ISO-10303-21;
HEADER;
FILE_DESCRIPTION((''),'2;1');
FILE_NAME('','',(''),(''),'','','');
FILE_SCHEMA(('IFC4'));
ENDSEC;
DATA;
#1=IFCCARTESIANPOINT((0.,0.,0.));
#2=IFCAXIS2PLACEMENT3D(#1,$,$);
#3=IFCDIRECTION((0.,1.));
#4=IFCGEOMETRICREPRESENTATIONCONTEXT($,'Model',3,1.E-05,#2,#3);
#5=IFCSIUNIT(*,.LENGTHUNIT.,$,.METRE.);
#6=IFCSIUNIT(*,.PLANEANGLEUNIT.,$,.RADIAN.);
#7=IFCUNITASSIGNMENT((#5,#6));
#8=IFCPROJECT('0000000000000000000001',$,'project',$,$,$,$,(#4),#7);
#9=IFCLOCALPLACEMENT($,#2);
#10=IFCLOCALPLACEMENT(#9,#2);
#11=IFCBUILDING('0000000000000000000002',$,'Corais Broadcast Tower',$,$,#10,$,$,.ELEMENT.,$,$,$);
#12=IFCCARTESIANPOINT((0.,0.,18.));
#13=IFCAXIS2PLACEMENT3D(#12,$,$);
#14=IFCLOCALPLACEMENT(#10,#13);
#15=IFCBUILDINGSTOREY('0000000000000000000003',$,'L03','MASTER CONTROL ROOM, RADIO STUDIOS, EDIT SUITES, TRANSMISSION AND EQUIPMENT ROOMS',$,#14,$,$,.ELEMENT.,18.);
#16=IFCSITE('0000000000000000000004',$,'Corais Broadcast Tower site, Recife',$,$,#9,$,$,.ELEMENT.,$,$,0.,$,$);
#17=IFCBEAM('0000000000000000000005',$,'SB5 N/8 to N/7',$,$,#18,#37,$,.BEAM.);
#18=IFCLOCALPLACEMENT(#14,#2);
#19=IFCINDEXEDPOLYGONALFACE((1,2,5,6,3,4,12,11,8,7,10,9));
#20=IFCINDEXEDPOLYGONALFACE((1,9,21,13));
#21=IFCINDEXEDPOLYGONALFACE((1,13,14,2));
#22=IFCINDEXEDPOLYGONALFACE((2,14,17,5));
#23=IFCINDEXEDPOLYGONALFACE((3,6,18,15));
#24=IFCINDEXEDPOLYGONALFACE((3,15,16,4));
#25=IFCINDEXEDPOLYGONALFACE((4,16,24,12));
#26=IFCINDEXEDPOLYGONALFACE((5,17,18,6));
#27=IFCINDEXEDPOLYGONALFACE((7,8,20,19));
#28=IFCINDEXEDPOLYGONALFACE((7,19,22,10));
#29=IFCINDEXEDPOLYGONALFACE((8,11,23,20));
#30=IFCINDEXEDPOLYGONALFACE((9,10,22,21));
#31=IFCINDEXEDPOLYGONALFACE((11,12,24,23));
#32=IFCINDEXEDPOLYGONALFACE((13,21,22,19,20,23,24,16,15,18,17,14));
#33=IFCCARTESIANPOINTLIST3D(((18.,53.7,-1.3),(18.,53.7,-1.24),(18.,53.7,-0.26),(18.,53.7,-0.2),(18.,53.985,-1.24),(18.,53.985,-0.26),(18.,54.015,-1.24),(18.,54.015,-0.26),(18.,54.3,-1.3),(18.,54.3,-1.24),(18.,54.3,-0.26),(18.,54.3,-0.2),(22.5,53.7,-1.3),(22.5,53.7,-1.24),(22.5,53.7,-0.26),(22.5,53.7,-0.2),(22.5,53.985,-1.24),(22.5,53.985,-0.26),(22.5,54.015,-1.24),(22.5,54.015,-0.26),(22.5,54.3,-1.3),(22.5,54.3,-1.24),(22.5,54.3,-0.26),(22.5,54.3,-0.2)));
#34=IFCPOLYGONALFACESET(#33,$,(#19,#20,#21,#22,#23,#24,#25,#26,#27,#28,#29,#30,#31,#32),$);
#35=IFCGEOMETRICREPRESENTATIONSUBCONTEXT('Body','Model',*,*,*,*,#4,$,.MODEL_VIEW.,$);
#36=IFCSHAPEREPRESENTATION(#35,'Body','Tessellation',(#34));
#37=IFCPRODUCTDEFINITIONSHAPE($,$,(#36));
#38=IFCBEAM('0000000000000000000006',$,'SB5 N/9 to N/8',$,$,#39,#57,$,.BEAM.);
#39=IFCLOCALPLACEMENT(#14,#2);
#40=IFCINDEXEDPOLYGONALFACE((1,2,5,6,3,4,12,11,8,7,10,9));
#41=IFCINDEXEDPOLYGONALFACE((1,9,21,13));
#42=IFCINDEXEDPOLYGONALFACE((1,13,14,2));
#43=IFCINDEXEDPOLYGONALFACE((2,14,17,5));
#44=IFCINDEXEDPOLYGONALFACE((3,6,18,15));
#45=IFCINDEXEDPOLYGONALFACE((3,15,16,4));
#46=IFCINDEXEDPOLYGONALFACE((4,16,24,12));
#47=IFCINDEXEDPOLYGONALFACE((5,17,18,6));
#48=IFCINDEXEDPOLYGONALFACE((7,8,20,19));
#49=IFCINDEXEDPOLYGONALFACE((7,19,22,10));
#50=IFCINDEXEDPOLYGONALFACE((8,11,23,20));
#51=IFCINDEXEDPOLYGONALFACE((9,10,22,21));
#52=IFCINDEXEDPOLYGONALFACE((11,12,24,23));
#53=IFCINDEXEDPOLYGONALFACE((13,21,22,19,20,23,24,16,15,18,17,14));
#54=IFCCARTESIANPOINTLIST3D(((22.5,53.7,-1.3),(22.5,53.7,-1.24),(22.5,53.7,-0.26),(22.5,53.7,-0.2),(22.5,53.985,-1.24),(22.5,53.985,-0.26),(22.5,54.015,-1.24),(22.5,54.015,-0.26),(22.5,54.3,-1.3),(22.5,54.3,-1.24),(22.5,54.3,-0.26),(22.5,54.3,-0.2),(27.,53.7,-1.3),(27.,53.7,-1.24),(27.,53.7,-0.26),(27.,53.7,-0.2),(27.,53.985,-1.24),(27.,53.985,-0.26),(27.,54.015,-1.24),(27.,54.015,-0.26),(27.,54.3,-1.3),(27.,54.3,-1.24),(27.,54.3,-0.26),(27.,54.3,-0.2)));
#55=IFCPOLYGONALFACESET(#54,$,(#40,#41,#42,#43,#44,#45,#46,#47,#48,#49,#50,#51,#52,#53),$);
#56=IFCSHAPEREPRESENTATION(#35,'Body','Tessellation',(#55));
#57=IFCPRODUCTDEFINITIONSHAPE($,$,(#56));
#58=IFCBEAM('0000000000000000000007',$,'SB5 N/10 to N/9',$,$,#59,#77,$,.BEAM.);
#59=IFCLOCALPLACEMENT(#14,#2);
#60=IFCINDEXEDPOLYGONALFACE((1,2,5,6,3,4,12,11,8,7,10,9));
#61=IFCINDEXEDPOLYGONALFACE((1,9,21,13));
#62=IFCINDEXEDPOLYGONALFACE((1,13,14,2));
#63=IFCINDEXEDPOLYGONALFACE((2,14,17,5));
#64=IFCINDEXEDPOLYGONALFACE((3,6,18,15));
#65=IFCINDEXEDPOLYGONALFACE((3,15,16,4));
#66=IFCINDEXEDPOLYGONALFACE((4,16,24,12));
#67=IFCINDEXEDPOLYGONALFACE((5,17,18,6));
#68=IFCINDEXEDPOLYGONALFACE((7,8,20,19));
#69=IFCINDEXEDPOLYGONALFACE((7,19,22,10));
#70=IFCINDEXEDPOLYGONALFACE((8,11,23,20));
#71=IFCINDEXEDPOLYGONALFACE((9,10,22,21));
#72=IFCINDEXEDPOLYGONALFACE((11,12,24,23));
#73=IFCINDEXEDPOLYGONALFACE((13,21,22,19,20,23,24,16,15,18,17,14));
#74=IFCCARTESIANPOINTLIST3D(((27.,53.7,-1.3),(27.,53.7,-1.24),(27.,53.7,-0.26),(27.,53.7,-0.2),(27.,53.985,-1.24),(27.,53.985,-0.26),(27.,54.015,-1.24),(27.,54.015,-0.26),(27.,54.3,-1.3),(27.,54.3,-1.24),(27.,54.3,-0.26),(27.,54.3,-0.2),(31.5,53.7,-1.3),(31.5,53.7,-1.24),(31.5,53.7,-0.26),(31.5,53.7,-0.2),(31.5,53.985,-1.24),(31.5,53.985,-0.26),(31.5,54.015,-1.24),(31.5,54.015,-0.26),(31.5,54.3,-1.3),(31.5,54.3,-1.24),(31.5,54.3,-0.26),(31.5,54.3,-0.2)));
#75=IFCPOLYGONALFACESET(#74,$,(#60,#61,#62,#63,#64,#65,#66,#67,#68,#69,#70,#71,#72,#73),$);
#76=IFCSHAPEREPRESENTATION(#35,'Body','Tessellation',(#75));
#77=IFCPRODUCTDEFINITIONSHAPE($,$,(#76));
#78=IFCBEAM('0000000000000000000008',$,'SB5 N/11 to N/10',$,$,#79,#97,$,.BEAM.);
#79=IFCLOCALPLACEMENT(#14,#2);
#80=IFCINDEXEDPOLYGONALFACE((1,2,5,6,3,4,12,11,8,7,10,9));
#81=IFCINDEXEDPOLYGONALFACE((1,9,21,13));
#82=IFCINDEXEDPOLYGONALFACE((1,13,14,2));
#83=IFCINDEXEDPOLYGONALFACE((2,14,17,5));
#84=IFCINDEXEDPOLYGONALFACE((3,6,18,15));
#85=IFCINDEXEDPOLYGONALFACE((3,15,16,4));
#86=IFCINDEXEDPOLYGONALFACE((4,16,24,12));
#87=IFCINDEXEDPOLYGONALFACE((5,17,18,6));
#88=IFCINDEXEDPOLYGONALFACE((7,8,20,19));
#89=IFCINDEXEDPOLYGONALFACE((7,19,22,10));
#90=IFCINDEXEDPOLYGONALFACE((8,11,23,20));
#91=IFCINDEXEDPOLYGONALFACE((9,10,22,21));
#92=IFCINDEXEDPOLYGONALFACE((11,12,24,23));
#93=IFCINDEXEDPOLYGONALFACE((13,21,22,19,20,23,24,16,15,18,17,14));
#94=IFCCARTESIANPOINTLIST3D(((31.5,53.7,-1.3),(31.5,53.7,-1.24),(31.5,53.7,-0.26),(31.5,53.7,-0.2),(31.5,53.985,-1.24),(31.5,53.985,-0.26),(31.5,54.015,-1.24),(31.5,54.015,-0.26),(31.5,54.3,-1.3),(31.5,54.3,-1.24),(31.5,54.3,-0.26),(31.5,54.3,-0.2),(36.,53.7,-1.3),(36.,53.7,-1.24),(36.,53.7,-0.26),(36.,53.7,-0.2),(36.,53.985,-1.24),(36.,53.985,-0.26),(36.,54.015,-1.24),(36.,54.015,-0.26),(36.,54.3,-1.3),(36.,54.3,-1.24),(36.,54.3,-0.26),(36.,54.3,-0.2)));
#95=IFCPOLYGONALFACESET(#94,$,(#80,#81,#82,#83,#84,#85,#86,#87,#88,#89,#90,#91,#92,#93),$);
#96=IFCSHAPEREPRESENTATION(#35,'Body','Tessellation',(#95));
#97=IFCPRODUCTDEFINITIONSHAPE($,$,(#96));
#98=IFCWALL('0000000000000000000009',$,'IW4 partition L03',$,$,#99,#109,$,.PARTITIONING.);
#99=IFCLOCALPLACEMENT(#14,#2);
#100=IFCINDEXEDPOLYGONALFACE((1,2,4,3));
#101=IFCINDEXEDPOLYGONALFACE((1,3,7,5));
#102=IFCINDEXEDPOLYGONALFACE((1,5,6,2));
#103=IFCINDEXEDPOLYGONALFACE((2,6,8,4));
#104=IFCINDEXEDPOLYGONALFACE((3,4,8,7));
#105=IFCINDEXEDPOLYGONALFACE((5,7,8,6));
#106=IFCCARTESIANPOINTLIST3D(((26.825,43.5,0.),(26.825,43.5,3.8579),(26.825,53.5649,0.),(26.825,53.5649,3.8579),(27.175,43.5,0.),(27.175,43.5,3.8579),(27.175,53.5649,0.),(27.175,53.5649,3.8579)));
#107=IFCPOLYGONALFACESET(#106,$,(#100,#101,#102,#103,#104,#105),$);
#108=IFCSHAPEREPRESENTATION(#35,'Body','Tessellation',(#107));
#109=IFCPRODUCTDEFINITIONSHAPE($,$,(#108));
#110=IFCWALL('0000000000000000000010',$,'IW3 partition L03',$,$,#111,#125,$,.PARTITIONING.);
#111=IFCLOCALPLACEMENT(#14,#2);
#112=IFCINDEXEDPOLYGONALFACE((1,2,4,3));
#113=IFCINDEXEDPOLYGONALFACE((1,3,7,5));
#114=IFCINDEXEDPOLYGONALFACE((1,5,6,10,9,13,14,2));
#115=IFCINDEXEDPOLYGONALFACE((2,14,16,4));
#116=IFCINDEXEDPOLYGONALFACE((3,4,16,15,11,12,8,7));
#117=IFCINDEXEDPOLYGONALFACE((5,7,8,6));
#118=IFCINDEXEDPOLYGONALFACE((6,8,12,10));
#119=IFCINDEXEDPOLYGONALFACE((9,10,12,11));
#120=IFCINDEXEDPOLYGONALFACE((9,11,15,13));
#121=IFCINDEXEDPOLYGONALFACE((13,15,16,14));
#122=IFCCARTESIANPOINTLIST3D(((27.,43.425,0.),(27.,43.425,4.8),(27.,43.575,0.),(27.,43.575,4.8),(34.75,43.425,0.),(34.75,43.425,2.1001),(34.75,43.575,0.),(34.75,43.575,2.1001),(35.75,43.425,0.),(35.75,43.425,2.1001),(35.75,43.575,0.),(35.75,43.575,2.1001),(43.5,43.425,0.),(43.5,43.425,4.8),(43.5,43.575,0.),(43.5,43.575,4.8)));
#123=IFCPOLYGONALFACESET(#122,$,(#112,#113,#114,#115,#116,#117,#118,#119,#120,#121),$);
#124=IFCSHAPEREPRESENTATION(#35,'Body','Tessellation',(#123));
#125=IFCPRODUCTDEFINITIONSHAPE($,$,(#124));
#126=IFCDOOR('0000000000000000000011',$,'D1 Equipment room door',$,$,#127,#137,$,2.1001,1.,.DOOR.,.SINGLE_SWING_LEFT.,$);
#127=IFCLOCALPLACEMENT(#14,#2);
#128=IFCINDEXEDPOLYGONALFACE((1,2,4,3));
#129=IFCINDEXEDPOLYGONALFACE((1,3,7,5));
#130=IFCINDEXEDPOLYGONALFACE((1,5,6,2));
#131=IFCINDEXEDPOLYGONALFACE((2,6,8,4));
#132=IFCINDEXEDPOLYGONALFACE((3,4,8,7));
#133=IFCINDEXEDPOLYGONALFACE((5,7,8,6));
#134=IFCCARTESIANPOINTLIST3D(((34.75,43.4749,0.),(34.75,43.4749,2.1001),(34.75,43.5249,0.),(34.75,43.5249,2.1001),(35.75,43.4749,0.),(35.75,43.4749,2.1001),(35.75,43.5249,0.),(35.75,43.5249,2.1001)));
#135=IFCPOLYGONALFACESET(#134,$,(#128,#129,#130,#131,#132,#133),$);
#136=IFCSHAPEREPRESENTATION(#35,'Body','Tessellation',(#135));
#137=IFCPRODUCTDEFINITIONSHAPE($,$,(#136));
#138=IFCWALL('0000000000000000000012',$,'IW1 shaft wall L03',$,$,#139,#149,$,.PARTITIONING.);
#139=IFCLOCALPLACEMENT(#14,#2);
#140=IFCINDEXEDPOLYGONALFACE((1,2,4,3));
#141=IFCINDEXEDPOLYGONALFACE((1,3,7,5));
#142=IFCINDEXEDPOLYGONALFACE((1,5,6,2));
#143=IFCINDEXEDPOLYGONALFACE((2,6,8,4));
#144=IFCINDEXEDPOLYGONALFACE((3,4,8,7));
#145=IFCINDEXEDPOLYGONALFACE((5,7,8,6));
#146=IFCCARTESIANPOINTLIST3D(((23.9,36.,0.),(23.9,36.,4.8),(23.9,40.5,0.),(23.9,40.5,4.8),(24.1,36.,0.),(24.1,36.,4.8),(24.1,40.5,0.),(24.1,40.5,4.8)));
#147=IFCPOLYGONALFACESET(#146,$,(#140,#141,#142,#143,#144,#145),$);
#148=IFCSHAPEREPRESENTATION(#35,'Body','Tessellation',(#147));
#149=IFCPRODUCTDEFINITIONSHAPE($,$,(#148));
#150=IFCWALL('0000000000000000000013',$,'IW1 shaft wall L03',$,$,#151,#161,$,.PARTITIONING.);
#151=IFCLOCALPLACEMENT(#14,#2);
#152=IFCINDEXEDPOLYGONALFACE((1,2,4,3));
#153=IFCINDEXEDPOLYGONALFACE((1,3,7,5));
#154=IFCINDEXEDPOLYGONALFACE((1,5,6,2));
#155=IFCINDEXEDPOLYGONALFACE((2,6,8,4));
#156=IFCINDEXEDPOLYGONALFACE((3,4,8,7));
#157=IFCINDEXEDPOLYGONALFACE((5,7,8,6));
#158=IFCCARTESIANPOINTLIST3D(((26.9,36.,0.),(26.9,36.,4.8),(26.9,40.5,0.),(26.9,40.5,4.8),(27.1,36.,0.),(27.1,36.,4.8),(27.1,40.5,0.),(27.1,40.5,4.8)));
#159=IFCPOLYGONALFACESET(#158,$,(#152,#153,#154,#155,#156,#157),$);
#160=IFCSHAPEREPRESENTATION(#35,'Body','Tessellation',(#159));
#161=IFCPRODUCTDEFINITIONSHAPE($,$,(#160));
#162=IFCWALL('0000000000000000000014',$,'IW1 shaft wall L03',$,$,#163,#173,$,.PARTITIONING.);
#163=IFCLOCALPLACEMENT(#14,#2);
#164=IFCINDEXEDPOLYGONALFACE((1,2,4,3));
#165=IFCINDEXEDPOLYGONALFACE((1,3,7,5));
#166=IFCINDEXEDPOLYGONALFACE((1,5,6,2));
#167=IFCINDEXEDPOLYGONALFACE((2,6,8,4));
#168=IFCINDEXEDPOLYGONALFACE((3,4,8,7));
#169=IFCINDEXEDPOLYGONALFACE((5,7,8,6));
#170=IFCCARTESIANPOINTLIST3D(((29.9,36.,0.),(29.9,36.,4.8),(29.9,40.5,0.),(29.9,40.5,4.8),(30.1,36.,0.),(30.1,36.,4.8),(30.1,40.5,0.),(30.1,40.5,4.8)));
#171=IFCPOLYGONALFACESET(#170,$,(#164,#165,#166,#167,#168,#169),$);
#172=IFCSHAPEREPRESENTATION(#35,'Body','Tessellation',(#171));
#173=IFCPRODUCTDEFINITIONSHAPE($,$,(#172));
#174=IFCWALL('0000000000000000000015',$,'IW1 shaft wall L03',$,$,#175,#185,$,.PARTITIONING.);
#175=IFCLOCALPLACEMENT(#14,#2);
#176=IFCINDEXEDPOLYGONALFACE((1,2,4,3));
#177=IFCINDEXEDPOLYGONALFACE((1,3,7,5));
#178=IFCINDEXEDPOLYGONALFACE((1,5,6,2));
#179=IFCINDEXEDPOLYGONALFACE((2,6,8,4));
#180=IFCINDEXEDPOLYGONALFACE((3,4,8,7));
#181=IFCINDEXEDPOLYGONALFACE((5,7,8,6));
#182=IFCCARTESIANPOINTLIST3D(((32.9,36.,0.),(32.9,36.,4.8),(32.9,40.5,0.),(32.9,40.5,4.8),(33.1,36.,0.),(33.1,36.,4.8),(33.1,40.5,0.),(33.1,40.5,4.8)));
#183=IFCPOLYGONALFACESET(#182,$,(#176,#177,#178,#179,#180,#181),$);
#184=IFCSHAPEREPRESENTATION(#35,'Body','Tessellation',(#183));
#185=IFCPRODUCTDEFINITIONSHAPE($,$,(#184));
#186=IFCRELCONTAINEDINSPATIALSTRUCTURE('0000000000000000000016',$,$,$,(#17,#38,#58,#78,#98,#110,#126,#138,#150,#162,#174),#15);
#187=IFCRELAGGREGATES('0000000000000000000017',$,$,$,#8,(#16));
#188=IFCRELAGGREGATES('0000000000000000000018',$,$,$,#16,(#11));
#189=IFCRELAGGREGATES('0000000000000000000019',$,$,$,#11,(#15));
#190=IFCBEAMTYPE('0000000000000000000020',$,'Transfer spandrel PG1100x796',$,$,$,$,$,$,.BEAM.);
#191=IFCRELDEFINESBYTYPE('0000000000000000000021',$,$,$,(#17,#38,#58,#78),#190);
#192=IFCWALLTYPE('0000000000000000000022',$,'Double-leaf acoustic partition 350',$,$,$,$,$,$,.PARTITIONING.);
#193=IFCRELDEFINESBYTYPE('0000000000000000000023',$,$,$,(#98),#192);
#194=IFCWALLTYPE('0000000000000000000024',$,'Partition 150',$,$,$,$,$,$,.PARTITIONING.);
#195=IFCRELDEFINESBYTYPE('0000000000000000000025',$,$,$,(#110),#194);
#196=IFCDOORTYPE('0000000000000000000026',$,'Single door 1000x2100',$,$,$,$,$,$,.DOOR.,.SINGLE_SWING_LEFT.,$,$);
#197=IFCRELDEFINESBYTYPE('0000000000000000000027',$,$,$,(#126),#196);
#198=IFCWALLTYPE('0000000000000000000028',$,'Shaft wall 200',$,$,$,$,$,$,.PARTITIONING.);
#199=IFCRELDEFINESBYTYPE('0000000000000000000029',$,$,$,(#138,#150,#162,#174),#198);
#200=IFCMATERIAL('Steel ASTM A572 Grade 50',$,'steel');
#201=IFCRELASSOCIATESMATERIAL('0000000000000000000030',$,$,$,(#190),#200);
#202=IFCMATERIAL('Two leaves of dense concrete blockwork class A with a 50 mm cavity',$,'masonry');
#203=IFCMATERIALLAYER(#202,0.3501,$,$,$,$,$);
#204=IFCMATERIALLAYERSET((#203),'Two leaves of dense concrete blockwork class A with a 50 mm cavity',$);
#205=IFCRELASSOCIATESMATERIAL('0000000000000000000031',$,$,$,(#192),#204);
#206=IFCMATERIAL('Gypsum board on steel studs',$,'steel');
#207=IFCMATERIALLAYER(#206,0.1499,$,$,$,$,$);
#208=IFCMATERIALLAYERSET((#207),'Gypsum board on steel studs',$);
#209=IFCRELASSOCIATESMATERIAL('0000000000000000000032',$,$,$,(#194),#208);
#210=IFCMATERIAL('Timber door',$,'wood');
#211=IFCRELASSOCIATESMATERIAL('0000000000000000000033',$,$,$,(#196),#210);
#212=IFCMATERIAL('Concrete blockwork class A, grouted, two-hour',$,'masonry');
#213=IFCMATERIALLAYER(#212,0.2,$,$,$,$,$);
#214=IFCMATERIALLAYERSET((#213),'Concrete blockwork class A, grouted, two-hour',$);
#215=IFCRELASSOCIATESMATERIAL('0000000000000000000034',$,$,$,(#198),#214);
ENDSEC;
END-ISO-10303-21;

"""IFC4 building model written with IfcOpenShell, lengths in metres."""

from ifc_helpers import new_model, si_unit, direction, frame, frame_2d, origin, origin_2d, place, context, subcontext, project, spatial, rectangle, i_section, extrude, material, layer, layer_set, material_profile, profile_set, type_object, element, fill, save


model = new_model("IFC4")

# Units and contexts
model_context = context("Model", 3, precision=1e-05, world=origin(), true_north=direction((0.0, 1.0)))
body_context = subcontext(model_context, "Body", "Model", "MODEL_VIEW")
ifc_project = project(units=[si_unit("LENGTHUNIT", "METRE"), si_unit("PLANEANGLEUNIT", "RADIAN")], contexts=[model_context])

# Site, building, storey
site_placement = place(None, origin())
site = spatial("IfcSite", under=ifc_project, at=site_placement, Name="Corais Broadcast Tower site, Recife", CompositionType="ELEMENT", RefElevation=0.0)
building_placement = place(site_placement, origin())
building = spatial("IfcBuilding", under=site, at=building_placement, Name="Corais Broadcast Tower", CompositionType="ELEMENT")
storey_placement = place(building_placement, frame((0.0, 0.0, 18.0)))
storey = spatial("IfcBuildingStorey", under=building, at=storey_placement, Name="L03", Description="MASTER CONTROL ROOM, RADIO STUDIOS, EDIT SUITES, TRANSMISSION AND EQUIPMENT ROOMS", CompositionType="ELEMENT", Elevation=18.0)

# Beams
ifc_material_1 = material(Name="Steel ASTM A572 Grade 50", Category="steel")
ifc_material_profile_1 = material_profile(ifc_material_1, i_section(OverallWidth=0.6001, OverallDepth=1.1001, WebThickness=0.03, FlangeThickness=0.0601, at=origin_2d()), Name="PG1100x796")
ifc_profile_set_1 = profile_set([ifc_material_profile_1], Name="Steel ASTM A572 Grade 50")
beam_type_1 = type_object("IfcBeamType", Name="Transfer spandrel PG1100x796", PredefinedType="BEAM", material=ifc_profile_set_1)
for number, where, z_axis, x_axis, name in (
    (1, (22.5, 54.0, -0.75), (-1.0, 0.0, 0.0), (0.0, -1.0, 0.0), "SB5 N/8 to N/7"),
    (2, (27.0, 54.0, -0.75), (-1.0, 0.0, 0.0), (0.0, -1.0, 0.0), "SB5 N/9 to N/8"),
    (3, (31.5, 54.0, -0.75), (-1.0, 0.0, 0.0), (0.0, -1.0, 0.0), "SB5 N/10 to N/9"),
    (4, (36.0, 54.0, -0.75), (-1.0, 0.0, 0.0), (0.0, -1.0, 0.0), "SB5 N/11 to N/10"),
):
    element("IfcBeam", number, at=place(storey_placement, frame(where, z_axis=z_axis, x_axis=x_axis)), inside=storey, type_object=beam_type_1, Name=name, PredefinedType="BEAM", context=body_context, shape_type="SweptSolid", body=[
        extrude(i_section(OverallWidth=0.6001, OverallDepth=1.1001, WebThickness=0.03, FlangeThickness=0.0601, at=origin_2d()), origin(), (0.0, 0.0, 1.0), 4.5),
    ])

# Wall
ifc_material_2 = material(Name="Two leaves of dense concrete blockwork class A with a 50 mm cavity", Category="masonry")
ifc_layer_1 = layer(ifc_material_2, 0.3501)
ifc_layer_set_1 = layer_set([ifc_layer_1], Name="Two leaves of dense concrete blockwork class A with a 50 mm cavity")
wall_type_1 = type_object("IfcWallType", Name="Double-leaf acoustic partition 350", PredefinedType="PARTITIONING", material=ifc_layer_set_1)
wall_1_placement = place(storey_placement, frame((27.0, 43.5, 0.0), z_axis=(0.0, 0.0, 1.0), x_axis=(0.0, 1.0, 0.0)))
element("IfcWall", 5, at=wall_1_placement, inside=storey, type_object=wall_type_1, Name="IW4 partition L03", PredefinedType="PARTITIONING", context=body_context, shape_type="SweptSolid", body=[
    extrude(rectangle(XDim=10.0649, YDim=0.3501, at=frame_2d((5.0325, 0.0))), origin(), (0.0, 0.0, 1.0), 3.8579),
])

# Wall, opening, door
ifc_material_3 = material(Name="Gypsum board on steel studs", Category="steel")
ifc_layer_2 = layer(ifc_material_3, 0.1499)
ifc_layer_set_2 = layer_set([ifc_layer_2], Name="Gypsum board on steel studs")
wall_type_2 = type_object("IfcWallType", Name="Partition 150", PredefinedType="PARTITIONING", material=ifc_layer_set_2)
wall_2_placement = place(storey_placement, frame((27.0, 43.5, 0.0), z_axis=(0.0, 0.0, 1.0), x_axis=(1.0, 0.0, 0.0)))
wall_2 = element("IfcWall", 6, at=wall_2_placement, inside=storey, type_object=wall_type_2, Name="IW3 partition L03", PredefinedType="PARTITIONING", context=body_context, shape_type="SweptSolid", body=[
    extrude(rectangle(XDim=16.5, YDim=0.1499, at=frame_2d((8.25, 0.0))), origin(), (0.0, 0.0, 1.0), 4.8),
])
opening_placement = place(wall_2_placement, frame((7.75, 0.0, 0.0)))
opening = element("IfcOpeningElement", 7, at=opening_placement, cuts=wall_2, PredefinedType="OPENING", context=body_context, shape_type="SweptSolid", body=[
    extrude(rectangle(XDim=1.0, YDim=2.1001, at=frame_2d((0.5, 1.05))), frame((0.0, 0.085, 0.0), z_axis=(0.0, -1.0, 0.0), x_axis=(1.0, 0.0, 0.0)), (0.0, 0.0, 1.0), 0.1699),
])
ifc_material_4 = material(Name="Timber door", Category="wood")
door_type = type_object("IfcDoorType", Name="Single door 1000x2100", OperationType="SINGLE_SWING_LEFT", PredefinedType="DOOR", material=ifc_material_4)
door_placement = place(opening_placement, origin())
door = element("IfcDoor", 8, at=door_placement, inside=storey, type_object=door_type, Name="D1 Equipment room door", OperationType="SINGLE_SWING_LEFT", OverallHeight=2.1001, OverallWidth=1.0, PredefinedType="DOOR", context=body_context, shape_type="SweptSolid", body=[
    extrude(rectangle(XDim=1.0, YDim=2.1001, at=frame_2d((0.5, 1.05))), frame((0.0, 0.0249, 0.0), z_axis=(0.0, -1.0, 0.0), x_axis=(1.0, 0.0, 0.0)), (0.0, 0.0, 1.0), 0.05),
])
fill(opening, door)

# Walls
ifc_material_5 = material(Name="Concrete blockwork class A, grouted, two-hour", Category="masonry")
ifc_layer_3 = layer(ifc_material_5, 0.2)
ifc_layer_set_3 = layer_set([ifc_layer_3], Name="Concrete blockwork class A, grouted, two-hour")
wall_type_3 = type_object("IfcWallType", Name="Shaft wall 200", PredefinedType="PARTITIONING", material=ifc_layer_set_3)
for number, where, z_axis, x_axis, name in (
    (9, (24.0, 36.0, 0.0), (0.0, 0.0, 1.0), (0.0, 1.0, 0.0), "IW1 shaft wall L03"),
    (10, (27.0, 36.0, 0.0), (0.0, 0.0, 1.0), (0.0, 1.0, 0.0), "IW1 shaft wall L03"),
    (11, (30.0, 36.0, 0.0), (0.0, 0.0, 1.0), (0.0, 1.0, 0.0), "IW1 shaft wall L03"),
    (12, (33.0, 36.0, 0.0), (0.0, 0.0, 1.0), (0.0, 1.0, 0.0), "IW1 shaft wall L03"),
):
    element("IfcWall", number, at=place(storey_placement, frame(where, z_axis=z_axis, x_axis=x_axis)), inside=storey, type_object=wall_type_3, Name=name, PredefinedType="PARTITIONING", context=body_context, shape_type="SweptSolid", body=[
        extrude(rectangle(XDim=4.5, YDim=0.2, at=frame_2d((2.25, 0.0))), origin(), (0.0, 0.0, 1.0), 4.8),
    ])

save(model, "model.ifc")
